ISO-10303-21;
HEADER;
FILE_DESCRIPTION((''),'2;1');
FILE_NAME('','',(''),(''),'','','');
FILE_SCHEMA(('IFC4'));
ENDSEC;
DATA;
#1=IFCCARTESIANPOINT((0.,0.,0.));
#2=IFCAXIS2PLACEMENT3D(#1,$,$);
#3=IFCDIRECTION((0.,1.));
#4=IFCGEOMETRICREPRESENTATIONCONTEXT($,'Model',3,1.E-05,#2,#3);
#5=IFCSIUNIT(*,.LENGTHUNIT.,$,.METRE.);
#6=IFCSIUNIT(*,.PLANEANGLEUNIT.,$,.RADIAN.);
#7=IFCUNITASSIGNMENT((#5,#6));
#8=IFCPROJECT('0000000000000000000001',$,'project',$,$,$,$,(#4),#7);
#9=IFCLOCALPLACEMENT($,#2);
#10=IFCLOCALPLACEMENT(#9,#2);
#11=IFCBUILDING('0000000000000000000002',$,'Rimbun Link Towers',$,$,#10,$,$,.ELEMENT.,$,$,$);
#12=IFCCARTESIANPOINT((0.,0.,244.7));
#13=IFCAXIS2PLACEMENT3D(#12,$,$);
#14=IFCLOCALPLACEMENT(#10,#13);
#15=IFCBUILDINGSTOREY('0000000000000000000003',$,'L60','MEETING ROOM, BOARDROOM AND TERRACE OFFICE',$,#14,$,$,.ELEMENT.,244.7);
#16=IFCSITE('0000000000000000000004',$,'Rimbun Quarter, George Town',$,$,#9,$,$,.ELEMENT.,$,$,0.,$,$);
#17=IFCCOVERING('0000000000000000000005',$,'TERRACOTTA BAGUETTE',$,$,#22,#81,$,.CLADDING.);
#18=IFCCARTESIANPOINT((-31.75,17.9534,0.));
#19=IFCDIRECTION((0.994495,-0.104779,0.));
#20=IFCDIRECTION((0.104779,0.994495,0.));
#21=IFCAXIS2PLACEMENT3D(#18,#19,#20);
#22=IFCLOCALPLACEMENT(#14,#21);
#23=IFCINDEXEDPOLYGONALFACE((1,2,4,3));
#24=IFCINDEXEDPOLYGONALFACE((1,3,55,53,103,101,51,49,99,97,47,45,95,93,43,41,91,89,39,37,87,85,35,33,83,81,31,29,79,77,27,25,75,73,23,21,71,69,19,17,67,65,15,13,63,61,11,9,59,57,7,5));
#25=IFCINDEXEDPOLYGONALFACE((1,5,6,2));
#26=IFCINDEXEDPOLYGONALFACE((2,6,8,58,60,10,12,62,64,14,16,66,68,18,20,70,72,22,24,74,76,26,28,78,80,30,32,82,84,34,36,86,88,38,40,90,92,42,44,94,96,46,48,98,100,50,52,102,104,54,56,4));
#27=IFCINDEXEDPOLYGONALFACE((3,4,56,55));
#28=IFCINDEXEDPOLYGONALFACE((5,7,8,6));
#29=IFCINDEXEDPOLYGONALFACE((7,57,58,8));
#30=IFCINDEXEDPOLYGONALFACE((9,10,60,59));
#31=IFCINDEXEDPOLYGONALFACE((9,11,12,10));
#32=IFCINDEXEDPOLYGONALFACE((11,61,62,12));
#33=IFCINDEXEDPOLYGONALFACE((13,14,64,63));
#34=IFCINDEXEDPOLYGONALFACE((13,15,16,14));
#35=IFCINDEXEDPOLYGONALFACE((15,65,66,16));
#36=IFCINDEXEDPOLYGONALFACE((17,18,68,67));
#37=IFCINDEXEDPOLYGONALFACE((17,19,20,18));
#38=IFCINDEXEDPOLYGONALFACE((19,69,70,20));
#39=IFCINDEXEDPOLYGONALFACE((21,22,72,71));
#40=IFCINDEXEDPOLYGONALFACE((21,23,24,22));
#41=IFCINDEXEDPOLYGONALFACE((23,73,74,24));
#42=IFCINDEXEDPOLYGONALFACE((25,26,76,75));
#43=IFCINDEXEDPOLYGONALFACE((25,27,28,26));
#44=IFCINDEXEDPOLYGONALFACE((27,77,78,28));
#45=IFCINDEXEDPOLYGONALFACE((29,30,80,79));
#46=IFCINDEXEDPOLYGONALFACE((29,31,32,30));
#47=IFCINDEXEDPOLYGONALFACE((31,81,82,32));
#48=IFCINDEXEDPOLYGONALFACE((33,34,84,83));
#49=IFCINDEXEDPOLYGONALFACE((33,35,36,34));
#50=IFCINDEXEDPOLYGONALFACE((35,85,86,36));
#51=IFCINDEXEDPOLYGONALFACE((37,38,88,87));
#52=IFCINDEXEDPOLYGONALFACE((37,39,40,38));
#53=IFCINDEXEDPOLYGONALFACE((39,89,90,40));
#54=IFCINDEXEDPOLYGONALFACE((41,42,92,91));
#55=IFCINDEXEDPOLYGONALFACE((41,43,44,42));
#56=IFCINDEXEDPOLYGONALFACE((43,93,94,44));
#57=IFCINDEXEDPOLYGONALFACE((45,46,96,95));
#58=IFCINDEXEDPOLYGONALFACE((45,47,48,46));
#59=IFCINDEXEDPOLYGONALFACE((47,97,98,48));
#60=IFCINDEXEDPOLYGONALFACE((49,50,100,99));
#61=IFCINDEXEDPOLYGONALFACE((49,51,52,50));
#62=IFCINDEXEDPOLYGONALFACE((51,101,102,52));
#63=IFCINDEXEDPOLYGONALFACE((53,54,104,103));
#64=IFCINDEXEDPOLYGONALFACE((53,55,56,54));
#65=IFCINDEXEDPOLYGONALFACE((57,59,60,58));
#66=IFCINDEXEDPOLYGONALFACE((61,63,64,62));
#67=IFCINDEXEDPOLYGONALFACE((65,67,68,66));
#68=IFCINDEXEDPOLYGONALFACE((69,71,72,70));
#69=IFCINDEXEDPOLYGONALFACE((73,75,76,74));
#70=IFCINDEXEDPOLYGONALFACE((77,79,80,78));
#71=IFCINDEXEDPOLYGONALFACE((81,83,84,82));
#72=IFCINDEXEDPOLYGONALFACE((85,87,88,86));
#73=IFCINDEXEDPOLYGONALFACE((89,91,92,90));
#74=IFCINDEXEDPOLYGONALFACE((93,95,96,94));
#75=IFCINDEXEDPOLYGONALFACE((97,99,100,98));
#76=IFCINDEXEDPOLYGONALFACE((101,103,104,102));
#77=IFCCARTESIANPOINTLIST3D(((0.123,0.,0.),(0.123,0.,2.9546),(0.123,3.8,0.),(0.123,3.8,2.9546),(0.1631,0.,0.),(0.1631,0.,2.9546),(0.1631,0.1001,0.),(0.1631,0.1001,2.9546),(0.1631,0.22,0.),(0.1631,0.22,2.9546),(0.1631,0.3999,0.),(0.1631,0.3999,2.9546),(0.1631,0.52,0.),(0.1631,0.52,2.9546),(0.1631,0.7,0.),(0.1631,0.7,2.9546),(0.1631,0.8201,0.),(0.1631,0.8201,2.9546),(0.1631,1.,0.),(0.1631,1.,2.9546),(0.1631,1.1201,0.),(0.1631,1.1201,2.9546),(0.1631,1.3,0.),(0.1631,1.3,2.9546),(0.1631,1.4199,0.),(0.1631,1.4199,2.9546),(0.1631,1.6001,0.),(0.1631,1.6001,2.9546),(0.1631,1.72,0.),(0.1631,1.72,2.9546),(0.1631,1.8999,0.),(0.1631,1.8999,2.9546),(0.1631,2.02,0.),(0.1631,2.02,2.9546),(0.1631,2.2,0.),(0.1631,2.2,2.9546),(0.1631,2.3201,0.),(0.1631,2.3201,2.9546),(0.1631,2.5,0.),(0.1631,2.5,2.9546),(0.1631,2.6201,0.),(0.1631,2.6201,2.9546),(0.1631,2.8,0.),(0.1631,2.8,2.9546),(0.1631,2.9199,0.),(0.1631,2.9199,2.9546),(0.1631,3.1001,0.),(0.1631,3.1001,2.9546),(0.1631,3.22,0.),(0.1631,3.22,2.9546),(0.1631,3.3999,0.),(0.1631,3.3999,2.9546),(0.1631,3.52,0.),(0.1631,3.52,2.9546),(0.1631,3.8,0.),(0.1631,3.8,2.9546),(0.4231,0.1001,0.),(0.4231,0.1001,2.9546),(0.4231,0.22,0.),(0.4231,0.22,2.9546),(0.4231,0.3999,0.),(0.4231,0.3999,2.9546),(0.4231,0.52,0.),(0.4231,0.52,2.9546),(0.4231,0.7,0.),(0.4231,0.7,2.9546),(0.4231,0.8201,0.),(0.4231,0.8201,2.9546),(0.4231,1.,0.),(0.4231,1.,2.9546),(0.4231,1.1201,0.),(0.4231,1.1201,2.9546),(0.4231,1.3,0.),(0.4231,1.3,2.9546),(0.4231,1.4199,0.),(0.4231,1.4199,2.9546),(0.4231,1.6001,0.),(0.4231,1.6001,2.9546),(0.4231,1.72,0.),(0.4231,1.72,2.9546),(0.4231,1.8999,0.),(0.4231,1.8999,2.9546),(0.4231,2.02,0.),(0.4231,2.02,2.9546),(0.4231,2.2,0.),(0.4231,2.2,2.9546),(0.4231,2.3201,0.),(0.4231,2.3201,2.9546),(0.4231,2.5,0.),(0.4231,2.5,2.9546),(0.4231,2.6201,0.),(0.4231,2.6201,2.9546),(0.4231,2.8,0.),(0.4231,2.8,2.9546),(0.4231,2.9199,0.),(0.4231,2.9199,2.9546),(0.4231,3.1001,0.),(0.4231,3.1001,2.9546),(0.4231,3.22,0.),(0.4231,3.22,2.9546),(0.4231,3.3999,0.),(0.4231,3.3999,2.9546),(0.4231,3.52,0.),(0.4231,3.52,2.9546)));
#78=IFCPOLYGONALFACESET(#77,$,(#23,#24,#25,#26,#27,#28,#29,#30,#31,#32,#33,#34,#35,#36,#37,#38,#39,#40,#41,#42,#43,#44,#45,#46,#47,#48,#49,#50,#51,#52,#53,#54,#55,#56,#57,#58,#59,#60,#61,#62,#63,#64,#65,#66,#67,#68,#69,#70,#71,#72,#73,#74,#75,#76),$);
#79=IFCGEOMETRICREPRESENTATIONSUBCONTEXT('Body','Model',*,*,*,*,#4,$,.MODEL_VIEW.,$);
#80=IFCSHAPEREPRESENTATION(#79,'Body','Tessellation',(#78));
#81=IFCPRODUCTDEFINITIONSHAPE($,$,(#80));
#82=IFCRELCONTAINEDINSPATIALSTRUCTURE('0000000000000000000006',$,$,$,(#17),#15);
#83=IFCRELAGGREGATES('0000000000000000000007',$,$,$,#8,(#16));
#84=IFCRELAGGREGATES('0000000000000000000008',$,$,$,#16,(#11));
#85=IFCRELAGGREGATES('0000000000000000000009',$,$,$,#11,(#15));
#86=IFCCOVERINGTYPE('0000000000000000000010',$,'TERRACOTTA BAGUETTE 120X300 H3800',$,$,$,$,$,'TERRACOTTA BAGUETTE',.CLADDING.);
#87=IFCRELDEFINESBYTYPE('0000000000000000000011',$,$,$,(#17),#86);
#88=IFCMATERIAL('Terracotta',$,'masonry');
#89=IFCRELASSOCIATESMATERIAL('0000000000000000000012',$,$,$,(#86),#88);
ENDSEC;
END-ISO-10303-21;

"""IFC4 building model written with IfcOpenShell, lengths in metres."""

from ifc_helpers import new_model, si_unit, direction, frame, origin, place, context, subcontext, project, spatial, polyline, outline, extrude, material, material_profile, profile_set, type_object, element, save


model = new_model("IFC4")

# Units and contexts
model_context = context("Model", 3, precision=1e-05, world=origin(), true_north=direction((0.0, 1.0)))
body_context = subcontext(model_context, "Body", "Model", "MODEL_VIEW")
ifc_project = project(units=[si_unit("LENGTHUNIT", "METRE"), si_unit("PLANEANGLEUNIT", "RADIAN")], contexts=[model_context])

# Site, building, storey
site_placement = place(None, origin())
site = spatial("IfcSite", under=ifc_project, at=site_placement, Name="Rimbun Quarter, George Town", CompositionType="ELEMENT", RefElevation=0.0)
building_placement = place(site_placement, origin())
building = spatial("IfcBuilding", under=site, at=building_placement, Name="Rimbun Link Towers", CompositionType="ELEMENT")
storey_placement = place(building_placement, frame((0.0, 0.0, 244.7)))
storey = spatial("IfcBuildingStorey", under=building, at=storey_placement, Name="L60", Description="MEETING ROOM, BOARDROOM AND TERRACE OFFICE", CompositionType="ELEMENT", Elevation=244.7)

# Covering
ifc_material_1 = material(Name="Terracotta", Category="masonry")
ifc_material_profile_1 = material_profile(ifc_material_1, outline(polyline([(0.123, 0.0), (0.1631, 0.0), (0.1631, 0.1001), (0.4231, 0.1001), (0.4231, 0.22), (0.1631, 0.22), (0.1631, 0.3999), (0.4231, 0.3999), (0.4231, 0.52), (0.1631, 0.52), (0.1631, 0.7), (0.4231, 0.7), (0.4231, 0.8201), (0.1631, 0.8201), (0.1631, 1.0), (0.4231, 1.0), (0.4231, 1.1201), (0.1631, 1.1201), (0.1631, 1.3), (0.4231, 1.3), (0.4231, 1.4199), (0.1631, 1.4199), (0.1631, 1.6001), (0.4231, 1.6001), (0.4231, 1.72), (0.1631, 1.72), (0.1631, 1.8999), (0.4231, 1.8999), (0.4231, 2.02), (0.1631, 2.02), (0.1631, 2.2), (0.4231, 2.2), (0.4231, 2.3201), (0.1631, 2.3201), (0.1631, 2.5), (0.4231, 2.5), (0.4231, 2.6201), (0.1631, 2.6201), (0.1631, 2.8), (0.4231, 2.8), (0.4231, 2.9199), (0.1631, 2.9199), (0.1631, 3.1001), (0.4231, 3.1001), (0.4231, 3.22), (0.1631, 3.22), (0.1631, 3.3999), (0.4231, 3.3999), (0.4231, 3.52), (0.1631, 3.52), (0.1631, 3.8), (0.123, 3.8), (0.123, 0.0)])), Name="BAGUETTE 120X300")
ifc_profile_set_1 = profile_set([ifc_material_profile_1], Name="Terracotta")
covering_type = type_object("IfcCoveringType", Name="TERRACOTTA BAGUETTE 120X300 H3800", ElementType="TERRACOTTA BAGUETTE", PredefinedType="CLADDING", material=ifc_profile_set_1)
covering_1_placement = place(storey_placement, frame((-31.75, 17.9534, 0.0), z_axis=(0.994495, -0.104779, 0.0), x_axis=(0.104779, 0.994495, 0.0)))
element("IfcCovering", 1, at=covering_1_placement, inside=storey, type_object=covering_type, Name="TERRACOTTA BAGUETTE", PredefinedType="CLADDING", context=body_context, shape_type="SweptSolid", body=[
    extrude(outline(polyline([(0.123, 0.0), (0.1631, 0.0), (0.1631, 0.1001), (0.4231, 0.1001), (0.4231, 0.22), (0.1631, 0.22), (0.1631, 0.3999), (0.4231, 0.3999), (0.4231, 0.52), (0.1631, 0.52), (0.1631, 0.7), (0.4231, 0.7), (0.4231, 0.8201), (0.1631, 0.8201), (0.1631, 1.0), (0.4231, 1.0), (0.4231, 1.1201), (0.1631, 1.1201), (0.1631, 1.3), (0.4231, 1.3), (0.4231, 1.4199), (0.1631, 1.4199), (0.1631, 1.6001), (0.4231, 1.6001), (0.4231, 1.72), (0.1631, 1.72), (0.1631, 1.8999), (0.4231, 1.8999), (0.4231, 2.02), (0.1631, 2.02), (0.1631, 2.2), (0.4231, 2.2), (0.4231, 2.3201), (0.1631, 2.3201), (0.1631, 2.5), (0.4231, 2.5), (0.4231, 2.6201), (0.1631, 2.6201), (0.1631, 2.8), (0.4231, 2.8), (0.4231, 2.9199), (0.1631, 2.9199), (0.1631, 3.1001), (0.4231, 3.1001), (0.4231, 3.22), (0.1631, 3.22), (0.1631, 3.3999), (0.4231, 3.3999), (0.4231, 3.52), (0.1631, 3.52), (0.1631, 3.8), (0.123, 3.8), (0.123, 0.0)])), origin(), (0.0, 0.0, 1.0), 2.9546),
])

save(model, "model.ifc")
